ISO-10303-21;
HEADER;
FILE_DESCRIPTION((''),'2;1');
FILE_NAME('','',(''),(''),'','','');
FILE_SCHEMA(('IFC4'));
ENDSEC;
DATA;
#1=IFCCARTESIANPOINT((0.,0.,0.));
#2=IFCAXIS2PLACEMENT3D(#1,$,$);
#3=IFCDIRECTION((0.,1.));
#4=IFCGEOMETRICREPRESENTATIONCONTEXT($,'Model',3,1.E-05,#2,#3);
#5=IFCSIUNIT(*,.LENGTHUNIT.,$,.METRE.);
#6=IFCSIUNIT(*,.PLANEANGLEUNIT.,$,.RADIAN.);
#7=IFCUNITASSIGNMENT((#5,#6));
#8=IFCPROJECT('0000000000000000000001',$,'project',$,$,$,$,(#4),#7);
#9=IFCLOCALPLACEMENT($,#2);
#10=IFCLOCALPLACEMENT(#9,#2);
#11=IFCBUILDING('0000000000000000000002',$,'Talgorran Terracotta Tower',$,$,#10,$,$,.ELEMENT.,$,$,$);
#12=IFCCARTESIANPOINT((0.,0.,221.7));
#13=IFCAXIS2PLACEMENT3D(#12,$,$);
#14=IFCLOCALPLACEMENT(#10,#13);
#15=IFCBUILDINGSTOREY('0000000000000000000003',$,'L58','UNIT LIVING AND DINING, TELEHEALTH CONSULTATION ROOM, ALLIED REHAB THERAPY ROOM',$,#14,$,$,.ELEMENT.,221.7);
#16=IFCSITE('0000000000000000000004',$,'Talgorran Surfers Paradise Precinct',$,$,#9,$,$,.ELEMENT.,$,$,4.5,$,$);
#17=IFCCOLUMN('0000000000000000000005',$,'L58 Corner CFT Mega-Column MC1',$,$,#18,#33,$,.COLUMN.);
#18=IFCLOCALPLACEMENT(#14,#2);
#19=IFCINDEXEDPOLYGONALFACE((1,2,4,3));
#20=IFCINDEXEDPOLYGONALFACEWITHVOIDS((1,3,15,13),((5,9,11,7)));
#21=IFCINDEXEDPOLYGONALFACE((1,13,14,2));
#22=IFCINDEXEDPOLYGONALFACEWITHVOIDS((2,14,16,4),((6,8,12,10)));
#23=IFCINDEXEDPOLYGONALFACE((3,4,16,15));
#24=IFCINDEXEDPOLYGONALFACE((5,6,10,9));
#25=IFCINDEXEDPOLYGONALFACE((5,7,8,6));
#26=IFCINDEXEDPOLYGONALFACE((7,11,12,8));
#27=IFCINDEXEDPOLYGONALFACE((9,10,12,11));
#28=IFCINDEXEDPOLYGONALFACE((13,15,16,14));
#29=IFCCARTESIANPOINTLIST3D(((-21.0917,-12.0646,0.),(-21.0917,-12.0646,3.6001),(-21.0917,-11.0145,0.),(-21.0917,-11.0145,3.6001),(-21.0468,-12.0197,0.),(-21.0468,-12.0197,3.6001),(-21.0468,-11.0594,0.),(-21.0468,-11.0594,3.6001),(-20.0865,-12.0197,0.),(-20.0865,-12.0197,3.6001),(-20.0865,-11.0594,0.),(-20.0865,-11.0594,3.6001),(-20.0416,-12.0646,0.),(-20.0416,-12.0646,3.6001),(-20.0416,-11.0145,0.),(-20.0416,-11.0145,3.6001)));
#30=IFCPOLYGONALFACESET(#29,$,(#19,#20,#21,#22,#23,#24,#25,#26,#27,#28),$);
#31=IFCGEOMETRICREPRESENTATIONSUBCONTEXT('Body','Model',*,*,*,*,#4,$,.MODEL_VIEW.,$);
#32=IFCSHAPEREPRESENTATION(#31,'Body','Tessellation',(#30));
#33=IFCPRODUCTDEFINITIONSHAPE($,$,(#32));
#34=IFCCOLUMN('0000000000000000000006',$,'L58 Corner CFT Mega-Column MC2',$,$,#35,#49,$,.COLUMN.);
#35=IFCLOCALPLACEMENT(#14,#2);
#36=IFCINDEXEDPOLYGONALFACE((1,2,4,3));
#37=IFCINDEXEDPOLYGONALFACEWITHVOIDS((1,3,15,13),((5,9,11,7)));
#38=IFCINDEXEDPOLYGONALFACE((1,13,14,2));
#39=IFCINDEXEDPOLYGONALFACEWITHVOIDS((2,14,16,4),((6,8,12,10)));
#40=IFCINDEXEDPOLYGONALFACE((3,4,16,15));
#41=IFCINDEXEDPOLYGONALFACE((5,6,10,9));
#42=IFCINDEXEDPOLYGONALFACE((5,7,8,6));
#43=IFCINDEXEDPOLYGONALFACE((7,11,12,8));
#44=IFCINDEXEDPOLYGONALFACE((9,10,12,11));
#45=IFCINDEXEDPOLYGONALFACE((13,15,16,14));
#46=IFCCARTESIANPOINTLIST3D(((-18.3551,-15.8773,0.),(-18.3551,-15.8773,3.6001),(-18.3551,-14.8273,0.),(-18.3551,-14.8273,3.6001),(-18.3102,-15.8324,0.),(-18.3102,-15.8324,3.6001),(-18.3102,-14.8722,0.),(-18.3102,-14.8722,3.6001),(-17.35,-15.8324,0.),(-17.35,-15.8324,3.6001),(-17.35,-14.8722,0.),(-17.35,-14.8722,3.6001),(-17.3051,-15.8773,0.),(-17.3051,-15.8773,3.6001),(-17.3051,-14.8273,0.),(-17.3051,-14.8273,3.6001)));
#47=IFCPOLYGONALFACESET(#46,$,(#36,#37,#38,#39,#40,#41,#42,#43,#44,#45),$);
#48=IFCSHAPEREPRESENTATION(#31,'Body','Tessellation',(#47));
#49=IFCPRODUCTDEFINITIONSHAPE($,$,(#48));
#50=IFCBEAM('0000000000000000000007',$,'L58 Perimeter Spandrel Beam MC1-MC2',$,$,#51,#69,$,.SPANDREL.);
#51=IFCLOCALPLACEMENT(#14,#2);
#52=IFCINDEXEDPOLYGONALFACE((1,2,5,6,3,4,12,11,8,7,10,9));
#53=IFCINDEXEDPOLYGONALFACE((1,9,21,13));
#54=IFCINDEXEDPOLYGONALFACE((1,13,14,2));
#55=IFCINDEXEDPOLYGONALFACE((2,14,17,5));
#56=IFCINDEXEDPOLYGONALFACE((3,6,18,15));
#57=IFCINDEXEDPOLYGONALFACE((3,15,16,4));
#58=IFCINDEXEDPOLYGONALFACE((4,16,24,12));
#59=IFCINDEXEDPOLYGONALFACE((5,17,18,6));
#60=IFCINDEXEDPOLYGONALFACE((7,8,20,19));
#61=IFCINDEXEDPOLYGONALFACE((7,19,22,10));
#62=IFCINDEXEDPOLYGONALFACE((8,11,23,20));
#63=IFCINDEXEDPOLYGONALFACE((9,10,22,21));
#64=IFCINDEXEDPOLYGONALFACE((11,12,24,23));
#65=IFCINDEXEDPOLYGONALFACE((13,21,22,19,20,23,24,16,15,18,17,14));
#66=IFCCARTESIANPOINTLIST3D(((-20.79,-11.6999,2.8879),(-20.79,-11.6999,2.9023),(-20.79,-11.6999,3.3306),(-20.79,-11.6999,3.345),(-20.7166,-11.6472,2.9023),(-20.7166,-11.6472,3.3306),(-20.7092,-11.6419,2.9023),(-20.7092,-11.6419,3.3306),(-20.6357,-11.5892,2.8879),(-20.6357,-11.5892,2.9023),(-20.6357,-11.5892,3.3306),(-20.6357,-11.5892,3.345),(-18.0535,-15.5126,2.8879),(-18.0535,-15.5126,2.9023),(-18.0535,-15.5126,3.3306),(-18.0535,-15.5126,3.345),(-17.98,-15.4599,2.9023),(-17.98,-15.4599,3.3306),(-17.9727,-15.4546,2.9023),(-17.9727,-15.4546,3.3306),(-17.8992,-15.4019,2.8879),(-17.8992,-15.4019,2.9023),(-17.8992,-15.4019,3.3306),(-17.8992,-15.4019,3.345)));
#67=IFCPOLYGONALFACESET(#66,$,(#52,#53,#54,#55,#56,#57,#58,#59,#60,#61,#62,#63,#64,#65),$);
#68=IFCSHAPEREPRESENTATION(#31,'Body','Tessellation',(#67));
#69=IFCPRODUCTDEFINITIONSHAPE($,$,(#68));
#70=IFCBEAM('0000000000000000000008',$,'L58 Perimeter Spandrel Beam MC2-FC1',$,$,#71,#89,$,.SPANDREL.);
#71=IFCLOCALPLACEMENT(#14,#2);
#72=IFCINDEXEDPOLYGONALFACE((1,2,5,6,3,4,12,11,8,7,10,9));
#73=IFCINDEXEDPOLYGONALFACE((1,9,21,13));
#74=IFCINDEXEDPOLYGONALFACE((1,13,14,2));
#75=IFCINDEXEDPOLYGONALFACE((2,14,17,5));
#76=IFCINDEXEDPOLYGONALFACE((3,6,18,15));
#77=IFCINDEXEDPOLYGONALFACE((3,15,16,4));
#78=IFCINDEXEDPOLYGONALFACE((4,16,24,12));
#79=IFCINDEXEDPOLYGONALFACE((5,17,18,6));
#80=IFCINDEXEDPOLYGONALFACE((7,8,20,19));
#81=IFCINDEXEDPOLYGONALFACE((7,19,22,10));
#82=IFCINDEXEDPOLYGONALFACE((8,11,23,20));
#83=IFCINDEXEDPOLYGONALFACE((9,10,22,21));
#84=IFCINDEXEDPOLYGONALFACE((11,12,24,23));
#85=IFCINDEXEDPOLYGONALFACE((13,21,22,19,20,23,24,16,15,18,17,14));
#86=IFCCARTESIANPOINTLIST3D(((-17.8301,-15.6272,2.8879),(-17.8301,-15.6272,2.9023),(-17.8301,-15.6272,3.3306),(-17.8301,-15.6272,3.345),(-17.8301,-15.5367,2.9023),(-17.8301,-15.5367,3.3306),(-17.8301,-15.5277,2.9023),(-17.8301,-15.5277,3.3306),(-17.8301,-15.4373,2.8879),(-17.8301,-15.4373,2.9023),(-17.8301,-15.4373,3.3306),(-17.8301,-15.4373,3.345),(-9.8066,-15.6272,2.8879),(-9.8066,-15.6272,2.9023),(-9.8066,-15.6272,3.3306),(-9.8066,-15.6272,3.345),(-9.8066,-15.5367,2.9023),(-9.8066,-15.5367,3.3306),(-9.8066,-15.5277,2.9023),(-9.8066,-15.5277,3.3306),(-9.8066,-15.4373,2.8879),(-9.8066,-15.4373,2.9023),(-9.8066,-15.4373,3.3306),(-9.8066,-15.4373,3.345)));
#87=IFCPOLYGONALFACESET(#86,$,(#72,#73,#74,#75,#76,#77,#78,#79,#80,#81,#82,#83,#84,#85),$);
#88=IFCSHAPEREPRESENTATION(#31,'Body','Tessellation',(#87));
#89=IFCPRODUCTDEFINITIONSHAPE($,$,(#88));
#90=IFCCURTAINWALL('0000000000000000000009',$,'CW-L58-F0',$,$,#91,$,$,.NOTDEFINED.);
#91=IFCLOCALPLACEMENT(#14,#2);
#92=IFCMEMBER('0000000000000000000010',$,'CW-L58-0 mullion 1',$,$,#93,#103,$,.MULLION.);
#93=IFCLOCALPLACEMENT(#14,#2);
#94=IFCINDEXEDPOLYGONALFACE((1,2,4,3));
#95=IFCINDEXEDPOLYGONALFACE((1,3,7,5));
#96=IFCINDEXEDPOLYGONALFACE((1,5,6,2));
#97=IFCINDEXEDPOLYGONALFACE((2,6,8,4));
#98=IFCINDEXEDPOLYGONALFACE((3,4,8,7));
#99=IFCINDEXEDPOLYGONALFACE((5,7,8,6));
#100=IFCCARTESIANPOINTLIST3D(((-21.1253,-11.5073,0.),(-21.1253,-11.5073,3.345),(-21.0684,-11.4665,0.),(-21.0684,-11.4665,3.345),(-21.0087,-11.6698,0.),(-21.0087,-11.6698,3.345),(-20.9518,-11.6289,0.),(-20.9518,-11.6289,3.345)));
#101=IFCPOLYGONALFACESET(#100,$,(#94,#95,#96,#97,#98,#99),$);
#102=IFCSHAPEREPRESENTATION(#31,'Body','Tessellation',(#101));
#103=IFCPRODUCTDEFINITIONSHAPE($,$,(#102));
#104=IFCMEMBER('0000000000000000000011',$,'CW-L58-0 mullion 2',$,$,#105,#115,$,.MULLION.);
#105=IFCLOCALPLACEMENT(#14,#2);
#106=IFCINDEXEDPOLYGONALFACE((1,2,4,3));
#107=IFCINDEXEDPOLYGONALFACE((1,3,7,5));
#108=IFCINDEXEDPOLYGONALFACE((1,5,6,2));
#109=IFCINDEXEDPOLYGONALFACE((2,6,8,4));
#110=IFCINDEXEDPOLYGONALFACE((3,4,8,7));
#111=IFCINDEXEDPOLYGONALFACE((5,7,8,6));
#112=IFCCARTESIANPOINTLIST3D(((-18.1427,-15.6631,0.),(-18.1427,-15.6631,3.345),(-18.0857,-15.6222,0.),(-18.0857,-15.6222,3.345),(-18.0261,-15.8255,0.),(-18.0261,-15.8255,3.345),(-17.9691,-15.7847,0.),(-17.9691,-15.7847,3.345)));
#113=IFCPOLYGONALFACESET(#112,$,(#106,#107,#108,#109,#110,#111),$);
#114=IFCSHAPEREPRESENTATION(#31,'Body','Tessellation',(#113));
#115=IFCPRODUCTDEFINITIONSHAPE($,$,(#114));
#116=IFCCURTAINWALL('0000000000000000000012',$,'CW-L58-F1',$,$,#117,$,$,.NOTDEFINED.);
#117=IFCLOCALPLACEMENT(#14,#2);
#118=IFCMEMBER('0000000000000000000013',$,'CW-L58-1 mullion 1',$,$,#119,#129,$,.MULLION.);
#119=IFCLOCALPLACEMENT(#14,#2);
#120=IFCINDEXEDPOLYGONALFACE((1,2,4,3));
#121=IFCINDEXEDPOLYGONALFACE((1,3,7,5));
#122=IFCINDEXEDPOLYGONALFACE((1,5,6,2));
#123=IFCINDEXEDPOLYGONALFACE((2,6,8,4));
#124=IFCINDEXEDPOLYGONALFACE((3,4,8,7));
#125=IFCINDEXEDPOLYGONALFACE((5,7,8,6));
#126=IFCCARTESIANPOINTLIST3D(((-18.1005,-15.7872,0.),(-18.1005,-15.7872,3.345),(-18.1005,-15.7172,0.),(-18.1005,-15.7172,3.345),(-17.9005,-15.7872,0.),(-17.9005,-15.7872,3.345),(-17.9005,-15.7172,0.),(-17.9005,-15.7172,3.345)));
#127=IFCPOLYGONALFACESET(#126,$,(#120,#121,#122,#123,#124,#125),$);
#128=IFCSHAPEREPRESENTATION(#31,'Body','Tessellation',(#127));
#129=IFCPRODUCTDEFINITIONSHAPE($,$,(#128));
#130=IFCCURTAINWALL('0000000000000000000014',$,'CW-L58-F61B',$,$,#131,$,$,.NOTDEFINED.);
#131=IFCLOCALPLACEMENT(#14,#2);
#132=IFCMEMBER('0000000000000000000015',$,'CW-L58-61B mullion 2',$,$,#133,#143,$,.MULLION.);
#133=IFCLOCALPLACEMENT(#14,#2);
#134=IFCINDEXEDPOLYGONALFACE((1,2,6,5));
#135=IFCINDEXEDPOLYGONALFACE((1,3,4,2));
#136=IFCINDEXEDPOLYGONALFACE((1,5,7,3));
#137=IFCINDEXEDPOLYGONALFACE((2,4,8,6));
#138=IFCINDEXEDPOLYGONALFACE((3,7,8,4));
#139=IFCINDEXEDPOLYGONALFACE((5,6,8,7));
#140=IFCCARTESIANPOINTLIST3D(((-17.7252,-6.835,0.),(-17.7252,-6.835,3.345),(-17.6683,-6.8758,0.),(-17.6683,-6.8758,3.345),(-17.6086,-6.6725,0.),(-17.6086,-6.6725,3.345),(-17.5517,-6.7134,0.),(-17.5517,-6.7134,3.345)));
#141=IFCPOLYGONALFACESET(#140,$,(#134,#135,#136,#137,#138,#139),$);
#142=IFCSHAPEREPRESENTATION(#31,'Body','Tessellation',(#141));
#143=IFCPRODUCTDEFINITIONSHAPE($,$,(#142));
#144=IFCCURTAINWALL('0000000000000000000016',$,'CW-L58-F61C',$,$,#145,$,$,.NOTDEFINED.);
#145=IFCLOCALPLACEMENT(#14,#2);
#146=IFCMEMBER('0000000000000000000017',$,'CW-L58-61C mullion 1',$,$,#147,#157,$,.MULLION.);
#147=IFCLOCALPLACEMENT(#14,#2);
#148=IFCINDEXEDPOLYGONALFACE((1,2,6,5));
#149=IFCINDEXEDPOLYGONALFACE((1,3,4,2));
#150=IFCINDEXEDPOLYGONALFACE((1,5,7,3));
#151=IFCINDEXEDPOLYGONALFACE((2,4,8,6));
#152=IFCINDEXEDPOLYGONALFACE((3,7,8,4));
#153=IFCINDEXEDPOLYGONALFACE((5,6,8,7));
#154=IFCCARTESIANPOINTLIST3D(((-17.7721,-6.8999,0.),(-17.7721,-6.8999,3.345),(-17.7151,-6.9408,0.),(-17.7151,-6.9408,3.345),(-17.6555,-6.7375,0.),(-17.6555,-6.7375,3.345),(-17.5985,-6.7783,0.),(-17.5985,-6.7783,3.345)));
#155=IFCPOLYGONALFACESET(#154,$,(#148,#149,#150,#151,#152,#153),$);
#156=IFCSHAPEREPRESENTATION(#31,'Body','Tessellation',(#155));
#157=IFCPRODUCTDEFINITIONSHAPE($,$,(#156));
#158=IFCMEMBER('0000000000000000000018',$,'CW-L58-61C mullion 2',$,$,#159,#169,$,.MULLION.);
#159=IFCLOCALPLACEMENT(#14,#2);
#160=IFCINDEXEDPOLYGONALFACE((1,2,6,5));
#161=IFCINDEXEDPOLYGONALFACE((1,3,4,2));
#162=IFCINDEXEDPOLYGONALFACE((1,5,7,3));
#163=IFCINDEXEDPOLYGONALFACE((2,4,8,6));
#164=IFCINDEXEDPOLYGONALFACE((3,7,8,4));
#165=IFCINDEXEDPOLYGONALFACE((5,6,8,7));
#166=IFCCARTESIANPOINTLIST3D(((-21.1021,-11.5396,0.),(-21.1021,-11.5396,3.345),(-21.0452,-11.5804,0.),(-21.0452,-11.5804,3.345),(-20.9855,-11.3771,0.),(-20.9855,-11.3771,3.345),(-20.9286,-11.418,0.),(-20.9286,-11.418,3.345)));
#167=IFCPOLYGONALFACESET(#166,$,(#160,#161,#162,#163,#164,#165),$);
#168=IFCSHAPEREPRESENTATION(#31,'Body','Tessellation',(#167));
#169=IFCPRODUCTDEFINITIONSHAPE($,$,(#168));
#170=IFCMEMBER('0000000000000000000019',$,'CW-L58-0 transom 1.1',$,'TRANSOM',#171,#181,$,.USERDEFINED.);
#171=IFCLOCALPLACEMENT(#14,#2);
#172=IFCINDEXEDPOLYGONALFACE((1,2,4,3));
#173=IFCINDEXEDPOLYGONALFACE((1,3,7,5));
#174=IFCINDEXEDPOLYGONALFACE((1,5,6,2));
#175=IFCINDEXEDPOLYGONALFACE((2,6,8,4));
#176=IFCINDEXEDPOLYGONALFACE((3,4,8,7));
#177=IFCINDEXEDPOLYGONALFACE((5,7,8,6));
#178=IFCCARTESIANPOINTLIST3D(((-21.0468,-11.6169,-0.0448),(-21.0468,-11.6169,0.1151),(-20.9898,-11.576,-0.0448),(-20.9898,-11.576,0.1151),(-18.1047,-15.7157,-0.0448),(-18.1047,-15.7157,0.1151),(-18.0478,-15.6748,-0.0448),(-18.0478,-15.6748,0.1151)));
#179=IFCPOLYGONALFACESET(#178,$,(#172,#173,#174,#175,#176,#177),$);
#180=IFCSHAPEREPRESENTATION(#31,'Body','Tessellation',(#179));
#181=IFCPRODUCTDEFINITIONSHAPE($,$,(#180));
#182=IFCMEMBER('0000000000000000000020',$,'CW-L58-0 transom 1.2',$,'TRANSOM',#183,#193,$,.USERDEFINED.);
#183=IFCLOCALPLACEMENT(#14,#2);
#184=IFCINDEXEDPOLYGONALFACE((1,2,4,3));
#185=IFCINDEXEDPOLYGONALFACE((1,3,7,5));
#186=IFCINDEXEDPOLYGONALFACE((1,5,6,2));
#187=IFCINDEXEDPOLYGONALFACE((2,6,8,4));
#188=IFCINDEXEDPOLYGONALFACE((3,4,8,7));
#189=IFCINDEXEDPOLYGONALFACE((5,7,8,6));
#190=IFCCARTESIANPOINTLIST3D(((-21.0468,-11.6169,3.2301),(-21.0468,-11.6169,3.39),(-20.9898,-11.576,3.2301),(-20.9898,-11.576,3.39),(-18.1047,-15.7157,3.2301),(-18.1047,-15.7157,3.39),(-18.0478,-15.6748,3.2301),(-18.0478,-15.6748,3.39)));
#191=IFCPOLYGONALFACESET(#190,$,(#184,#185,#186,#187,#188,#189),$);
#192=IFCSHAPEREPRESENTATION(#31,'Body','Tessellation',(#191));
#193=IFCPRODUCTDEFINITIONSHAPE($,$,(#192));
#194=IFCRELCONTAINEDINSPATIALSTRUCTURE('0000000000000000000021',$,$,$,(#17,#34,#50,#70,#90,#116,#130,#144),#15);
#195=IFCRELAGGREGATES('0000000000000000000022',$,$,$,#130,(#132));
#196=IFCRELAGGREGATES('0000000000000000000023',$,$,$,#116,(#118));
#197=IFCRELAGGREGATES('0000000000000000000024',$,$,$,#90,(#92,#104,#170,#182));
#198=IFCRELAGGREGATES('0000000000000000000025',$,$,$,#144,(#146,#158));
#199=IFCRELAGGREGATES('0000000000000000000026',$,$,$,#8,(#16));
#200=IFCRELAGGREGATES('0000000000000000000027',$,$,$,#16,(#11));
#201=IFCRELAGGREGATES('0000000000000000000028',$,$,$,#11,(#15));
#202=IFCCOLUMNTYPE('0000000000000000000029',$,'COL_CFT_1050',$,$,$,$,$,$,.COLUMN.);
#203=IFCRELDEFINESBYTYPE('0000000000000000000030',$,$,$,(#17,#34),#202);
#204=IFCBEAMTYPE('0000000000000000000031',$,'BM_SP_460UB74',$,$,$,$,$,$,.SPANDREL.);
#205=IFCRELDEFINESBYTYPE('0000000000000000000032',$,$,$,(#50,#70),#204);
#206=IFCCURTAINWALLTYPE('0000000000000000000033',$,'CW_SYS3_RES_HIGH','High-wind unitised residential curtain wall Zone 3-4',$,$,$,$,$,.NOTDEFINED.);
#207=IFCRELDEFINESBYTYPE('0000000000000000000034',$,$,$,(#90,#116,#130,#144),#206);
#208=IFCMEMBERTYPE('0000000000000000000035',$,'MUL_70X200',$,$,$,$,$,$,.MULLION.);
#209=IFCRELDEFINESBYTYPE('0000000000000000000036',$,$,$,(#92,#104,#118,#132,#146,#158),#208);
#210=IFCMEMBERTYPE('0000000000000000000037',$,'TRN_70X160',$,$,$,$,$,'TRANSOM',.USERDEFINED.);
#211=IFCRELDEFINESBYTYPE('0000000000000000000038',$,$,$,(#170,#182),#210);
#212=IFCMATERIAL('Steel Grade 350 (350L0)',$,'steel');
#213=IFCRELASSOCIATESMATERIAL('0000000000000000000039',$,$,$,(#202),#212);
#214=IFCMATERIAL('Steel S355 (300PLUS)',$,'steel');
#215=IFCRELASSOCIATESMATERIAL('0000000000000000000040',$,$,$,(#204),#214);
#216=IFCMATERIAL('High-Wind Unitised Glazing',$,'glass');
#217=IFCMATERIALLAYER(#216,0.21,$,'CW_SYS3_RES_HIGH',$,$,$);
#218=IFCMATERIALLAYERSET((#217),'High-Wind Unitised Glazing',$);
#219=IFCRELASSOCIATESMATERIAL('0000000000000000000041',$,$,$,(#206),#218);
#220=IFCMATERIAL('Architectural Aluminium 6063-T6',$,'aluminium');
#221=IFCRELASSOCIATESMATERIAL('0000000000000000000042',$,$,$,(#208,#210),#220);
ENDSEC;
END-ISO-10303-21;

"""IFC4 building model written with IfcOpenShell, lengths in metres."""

from ifc_helpers import new_model, si_unit, direction, frame, origin, origin_2d, place, context, subcontext, project, spatial, rectangle, hollow_rectangle, i_section, extrude, material, layer, layer_set, material_profile, profile_set, type_object, element, aggregate, save


model = new_model("IFC4")

# Units and contexts
model_context = context("Model", 3, precision=1e-05, world=origin(), true_north=direction((0.0, 1.0)))
body_context = subcontext(model_context, "Body", "Model", "MODEL_VIEW")
ifc_project = project(units=[si_unit("LENGTHUNIT", "METRE"), si_unit("PLANEANGLEUNIT", "RADIAN")], contexts=[model_context])

# Site, building, storey
site_placement = place(None, origin())
site = spatial("IfcSite", under=ifc_project, at=site_placement, Name="Talgorran Surfers Paradise Precinct", CompositionType="ELEMENT", RefElevation=4.5)
building_placement = place(site_placement, origin())
building = spatial("IfcBuilding", under=site, at=building_placement, Name="Talgorran Terracotta Tower", CompositionType="ELEMENT")
storey_placement = place(building_placement, frame((0.0, 0.0, 221.7)))
storey = spatial("IfcBuildingStorey", under=building, at=storey_placement, Name="L58", Description="UNIT LIVING AND DINING, TELEHEALTH CONSULTATION ROOM, ALLIED REHAB THERAPY ROOM", CompositionType="ELEMENT", Elevation=221.7)

# Columns
ifc_material_1 = material(Name="Steel Grade 350 (350L0)", Category="steel")
ifc_material_profile_1 = material_profile(ifc_material_1, hollow_rectangle(XDim=1.05, YDim=1.05, WallThickness=0.0449, at=origin_2d()), Name="CFT1050X1050X45")
ifc_profile_set_1 = profile_set([ifc_material_profile_1], Name="Steel Grade 350 (350L0)")
column_type = type_object("IfcColumnType", Name="COL_CFT_1050", PredefinedType="COLUMN", material=ifc_profile_set_1)
for number, where, z_axis, x_axis, name in (
    (1, (-20.5667, -11.5396, 0.0), (0.0, 0.0, 1.0), (1.0, 0.0, 0.0), "L58 Corner CFT Mega-Column MC1"),
    (2, (-17.8301, -15.3523, 0.0), (0.0, 0.0, 1.0), (1.0, 0.0, 0.0), "L58 Corner CFT Mega-Column MC2"),
):
    element("IfcColumn", number, at=place(storey_placement, frame(where, z_axis=z_axis, x_axis=x_axis)), inside=storey, type_object=column_type, Name=name, PredefinedType="COLUMN", context=body_context, shape_type="SweptSolid", body=[
        extrude(hollow_rectangle(XDim=1.05, YDim=1.05, WallThickness=0.0449, at=origin_2d()), origin(), (0.0, 0.0, 1.0), 3.6001),
    ])

# Beams
ifc_material_2 = material(Name="Steel S355 (300PLUS)", Category="steel")
ifc_material_profile_2 = material_profile(ifc_material_2, i_section(OverallWidth=0.1899, OverallDepth=0.457, WebThickness=0.009, FlangeThickness=0.0144, at=origin_2d()), Name="460UB74.6")
ifc_profile_set_2 = profile_set([ifc_material_profile_2], Name="Steel S355 (300PLUS)")
beam_type = type_object("IfcBeamType", Name="BM_SP_460UB74", PredefinedType="SPANDREL", material=ifc_profile_set_2)
beam_1_placement = place(storey_placement, frame((-20.7129, -11.6445, 3.1165), z_axis=(0.583097, -0.812403, 0.0), x_axis=(0.812403, 0.583097, 0.0)))
element("IfcBeam", 3, at=beam_1_placement, inside=storey, type_object=beam_type, Name="L58 Perimeter Spandrel Beam MC1-MC2", PredefinedType="SPANDREL", context=body_context, shape_type="SweptSolid", body=[
    extrude(i_section(OverallWidth=0.1899, OverallDepth=0.457, WebThickness=0.009, FlangeThickness=0.0144, at=origin_2d()), origin(), (0.0, 0.0, 1.0), 4.6931),
])
beam_2_placement = place(storey_placement, frame((-17.8301, -15.5322, 3.1165), z_axis=(1.0, 0.0, 0.0), x_axis=(0.0, 1.0, 0.0)))
element("IfcBeam", 4, at=beam_2_placement, inside=storey, type_object=beam_type, Name="L58 Perimeter Spandrel Beam MC2-FC1", PredefinedType="SPANDREL", context=body_context, shape_type="SweptSolid", body=[
    extrude(i_section(OverallWidth=0.1899, OverallDepth=0.457, WebThickness=0.009, FlangeThickness=0.0144, at=origin_2d()), origin(), (0.0, 0.0, 1.0), 8.0234),
])

# Curtain wall, members
ifc_material_3 = material(Name="High-Wind Unitised Glazing", Category="glass")
ifc_layer_1 = layer(ifc_material_3, 0.21, Name="CW_SYS3_RES_HIGH")
ifc_layer_set_1 = layer_set([ifc_layer_1], Name="High-Wind Unitised Glazing")
curtain_wall_type = type_object("IfcCurtainWallType", Name="CW_SYS3_RES_HIGH", Description="High-wind unitised residential curtain wall Zone 3-4", PredefinedType="NOTDEFINED", material=ifc_layer_set_1)
curtain_wall_1_placement = place(storey_placement, origin())
curtain_wall_1 = element("IfcCurtainWall", 5, at=curtain_wall_1_placement, inside=storey, type_object=curtain_wall_type, Name="CW-L58-F0", PredefinedType="NOTDEFINED")
ifc_material_4 = material(Name="Architectural Aluminium 6063-T6", Category="aluminium")
ifc_material_profile_3 = material_profile(ifc_material_4, rectangle(XDim=0.0701, YDim=0.2, at=origin_2d()), Name="CWM70X200")
ifc_profile_set_3 = profile_set([ifc_material_profile_3], Name="Architectural Aluminium 6063-T6")
member_type_1 = type_object("IfcMemberType", Name="MUL_70X200", PredefinedType="MULLION", material=ifc_profile_set_3)
member_1_placement = place(storey_placement, frame((-21.0386, -11.5681, 0.0), z_axis=(0.0, 0.0, 1.0), x_axis=(0.81239, 0.583114, 0.0)))
member_1 = element("IfcMember", 6, at=member_1_placement, type_object=member_type_1, Name="CW-L58-0 mullion 1", PredefinedType="MULLION", context=body_context, shape_type="SweptSolid", body=[
    extrude(rectangle(XDim=0.0701, YDim=0.2, at=origin_2d()), origin(), (0.0, 0.0, 1.0), 3.345),
])
member_2_placement = place(storey_placement, frame((-18.0559, -15.7239, 0.0), z_axis=(0.0, 0.0, 1.0), x_axis=(0.81239, 0.583114, 0.0)))
member_2 = element("IfcMember", 7, at=member_2_placement, type_object=member_type_1, Name="CW-L58-0 mullion 2", PredefinedType="MULLION", context=body_context, shape_type="SweptSolid", body=[
    extrude(rectangle(XDim=0.0701, YDim=0.2, at=origin_2d()), origin(), (0.0, 0.0, 1.0), 3.345),
])

# Curtain walls, members
curtain_wall_2_placement = place(storey_placement, origin())
curtain_wall_2 = element("IfcCurtainWall", 8, at=curtain_wall_2_placement, inside=storey, type_object=curtain_wall_type, Name="CW-L58-F1", PredefinedType="NOTDEFINED")
member_3_placement = place(storey_placement, frame((-18.0005, -15.7522, 0.0), z_axis=(0.0, 0.0, 1.0), x_axis=(0.0, 1.0, 0.0)))
member_3 = element("IfcMember", 9, at=member_3_placement, type_object=member_type_1, Name="CW-L58-1 mullion 1", PredefinedType="MULLION", context=body_context, shape_type="SweptSolid", body=[
    extrude(rectangle(XDim=0.0701, YDim=0.2, at=origin_2d()), origin(), (0.0, 0.0, 1.0), 3.345),
])
curtain_wall_3_placement = place(storey_placement, origin())
curtain_wall_3 = element("IfcCurtainWall", 10, at=curtain_wall_3_placement, inside=storey, type_object=curtain_wall_type, Name="CW-L58-F61B", PredefinedType="NOTDEFINED")
member_4_placement = place(storey_placement, frame((-17.6384, -6.7742, 0.0), z_axis=(0.0, 0.0, 1.0), x_axis=(0.812388, -0.583118, 0.0)))
member_4 = element("IfcMember", 11, at=member_4_placement, type_object=member_type_1, Name="CW-L58-61B mullion 2", PredefinedType="MULLION", context=body_context, shape_type="SweptSolid", body=[
    extrude(rectangle(XDim=0.0701, YDim=0.2, at=origin_2d()), origin(), (0.0, 0.0, 1.0), 3.345),
])
aggregate(curtain_wall_3, [member_4])

# Curtain wall, members
curtain_wall_4_placement = place(storey_placement, origin())
curtain_wall_4 = element("IfcCurtainWall", 12, at=curtain_wall_4_placement, inside=storey, type_object=curtain_wall_type, Name="CW-L58-F61C", PredefinedType="NOTDEFINED")
member_5_placement = place(storey_placement, frame((-17.6853, -6.8391, 0.0), z_axis=(0.0, 0.0, 1.0), x_axis=(0.812393, -0.58311, 0.0)))
member_5 = element("IfcMember", 13, at=member_5_placement, type_object=member_type_1, Name="CW-L58-61C mullion 1", PredefinedType="MULLION", context=body_context, shape_type="SweptSolid", body=[
    extrude(rectangle(XDim=0.0701, YDim=0.2, at=origin_2d()), origin(), (0.0, 0.0, 1.0), 3.345),
])
member_6_placement = place(storey_placement, frame((-21.0154, -11.4788, 0.0), z_axis=(0.0, 0.0, 1.0), x_axis=(0.812393, -0.58311, 0.0)))
member_6 = element("IfcMember", 14, at=member_6_placement, type_object=member_type_1, Name="CW-L58-61C mullion 2", PredefinedType="MULLION", context=body_context, shape_type="SweptSolid", body=[
    extrude(rectangle(XDim=0.0701, YDim=0.2, at=origin_2d()), origin(), (0.0, 0.0, 1.0), 3.345),
])

# Members
ifc_material_profile_4 = material_profile(ifc_material_4, rectangle(XDim=0.0701, YDim=0.1599, at=origin_2d()), Name="CWT70X160")
ifc_profile_set_4 = profile_set([ifc_material_profile_4], Name="Architectural Aluminium 6063-T6")
member_type_2 = type_object("IfcMemberType", Name="TRN_70X160", ElementType="TRANSOM", PredefinedType="USERDEFINED", material=ifc_profile_set_4)
member_7_placement = place(storey_placement, frame((-21.0183, -11.5964, 0.0352), z_axis=(0.583122, -0.812384, 0.0), x_axis=(0.812384, 0.583122, 0.0)))
member_7 = element("IfcMember", 15, at=member_7_placement, type_object=member_type_2, Name="CW-L58-0 transom 1.1", ObjectType="TRANSOM", PredefinedType="USERDEFINED", context=body_context, shape_type="SweptSolid", body=[
    extrude(rectangle(XDim=0.0701, YDim=0.1599, at=origin_2d()), origin(), (0.0, 0.0, 1.0), 5.0454),
])
member_8_placement = place(storey_placement, frame((-21.0183, -11.5964, 3.3101), z_axis=(0.583122, -0.812384, 0.0), x_axis=(0.812384, 0.583122, 0.0)))
member_8 = element("IfcMember", 16, at=member_8_placement, type_object=member_type_2, Name="CW-L58-0 transom 1.2", ObjectType="TRANSOM", PredefinedType="USERDEFINED", context=body_context, shape_type="SweptSolid", body=[
    extrude(rectangle(XDim=0.0701, YDim=0.1599, at=origin_2d()), origin(), (0.0, 0.0, 1.0), 5.0454),
])
aggregate(curtain_wall_2, [member_3])

aggregate(curtain_wall_1, [member_1, member_2, member_7, member_8])
aggregate(curtain_wall_4, [member_5, member_6])

save(model, "model.ifc")
